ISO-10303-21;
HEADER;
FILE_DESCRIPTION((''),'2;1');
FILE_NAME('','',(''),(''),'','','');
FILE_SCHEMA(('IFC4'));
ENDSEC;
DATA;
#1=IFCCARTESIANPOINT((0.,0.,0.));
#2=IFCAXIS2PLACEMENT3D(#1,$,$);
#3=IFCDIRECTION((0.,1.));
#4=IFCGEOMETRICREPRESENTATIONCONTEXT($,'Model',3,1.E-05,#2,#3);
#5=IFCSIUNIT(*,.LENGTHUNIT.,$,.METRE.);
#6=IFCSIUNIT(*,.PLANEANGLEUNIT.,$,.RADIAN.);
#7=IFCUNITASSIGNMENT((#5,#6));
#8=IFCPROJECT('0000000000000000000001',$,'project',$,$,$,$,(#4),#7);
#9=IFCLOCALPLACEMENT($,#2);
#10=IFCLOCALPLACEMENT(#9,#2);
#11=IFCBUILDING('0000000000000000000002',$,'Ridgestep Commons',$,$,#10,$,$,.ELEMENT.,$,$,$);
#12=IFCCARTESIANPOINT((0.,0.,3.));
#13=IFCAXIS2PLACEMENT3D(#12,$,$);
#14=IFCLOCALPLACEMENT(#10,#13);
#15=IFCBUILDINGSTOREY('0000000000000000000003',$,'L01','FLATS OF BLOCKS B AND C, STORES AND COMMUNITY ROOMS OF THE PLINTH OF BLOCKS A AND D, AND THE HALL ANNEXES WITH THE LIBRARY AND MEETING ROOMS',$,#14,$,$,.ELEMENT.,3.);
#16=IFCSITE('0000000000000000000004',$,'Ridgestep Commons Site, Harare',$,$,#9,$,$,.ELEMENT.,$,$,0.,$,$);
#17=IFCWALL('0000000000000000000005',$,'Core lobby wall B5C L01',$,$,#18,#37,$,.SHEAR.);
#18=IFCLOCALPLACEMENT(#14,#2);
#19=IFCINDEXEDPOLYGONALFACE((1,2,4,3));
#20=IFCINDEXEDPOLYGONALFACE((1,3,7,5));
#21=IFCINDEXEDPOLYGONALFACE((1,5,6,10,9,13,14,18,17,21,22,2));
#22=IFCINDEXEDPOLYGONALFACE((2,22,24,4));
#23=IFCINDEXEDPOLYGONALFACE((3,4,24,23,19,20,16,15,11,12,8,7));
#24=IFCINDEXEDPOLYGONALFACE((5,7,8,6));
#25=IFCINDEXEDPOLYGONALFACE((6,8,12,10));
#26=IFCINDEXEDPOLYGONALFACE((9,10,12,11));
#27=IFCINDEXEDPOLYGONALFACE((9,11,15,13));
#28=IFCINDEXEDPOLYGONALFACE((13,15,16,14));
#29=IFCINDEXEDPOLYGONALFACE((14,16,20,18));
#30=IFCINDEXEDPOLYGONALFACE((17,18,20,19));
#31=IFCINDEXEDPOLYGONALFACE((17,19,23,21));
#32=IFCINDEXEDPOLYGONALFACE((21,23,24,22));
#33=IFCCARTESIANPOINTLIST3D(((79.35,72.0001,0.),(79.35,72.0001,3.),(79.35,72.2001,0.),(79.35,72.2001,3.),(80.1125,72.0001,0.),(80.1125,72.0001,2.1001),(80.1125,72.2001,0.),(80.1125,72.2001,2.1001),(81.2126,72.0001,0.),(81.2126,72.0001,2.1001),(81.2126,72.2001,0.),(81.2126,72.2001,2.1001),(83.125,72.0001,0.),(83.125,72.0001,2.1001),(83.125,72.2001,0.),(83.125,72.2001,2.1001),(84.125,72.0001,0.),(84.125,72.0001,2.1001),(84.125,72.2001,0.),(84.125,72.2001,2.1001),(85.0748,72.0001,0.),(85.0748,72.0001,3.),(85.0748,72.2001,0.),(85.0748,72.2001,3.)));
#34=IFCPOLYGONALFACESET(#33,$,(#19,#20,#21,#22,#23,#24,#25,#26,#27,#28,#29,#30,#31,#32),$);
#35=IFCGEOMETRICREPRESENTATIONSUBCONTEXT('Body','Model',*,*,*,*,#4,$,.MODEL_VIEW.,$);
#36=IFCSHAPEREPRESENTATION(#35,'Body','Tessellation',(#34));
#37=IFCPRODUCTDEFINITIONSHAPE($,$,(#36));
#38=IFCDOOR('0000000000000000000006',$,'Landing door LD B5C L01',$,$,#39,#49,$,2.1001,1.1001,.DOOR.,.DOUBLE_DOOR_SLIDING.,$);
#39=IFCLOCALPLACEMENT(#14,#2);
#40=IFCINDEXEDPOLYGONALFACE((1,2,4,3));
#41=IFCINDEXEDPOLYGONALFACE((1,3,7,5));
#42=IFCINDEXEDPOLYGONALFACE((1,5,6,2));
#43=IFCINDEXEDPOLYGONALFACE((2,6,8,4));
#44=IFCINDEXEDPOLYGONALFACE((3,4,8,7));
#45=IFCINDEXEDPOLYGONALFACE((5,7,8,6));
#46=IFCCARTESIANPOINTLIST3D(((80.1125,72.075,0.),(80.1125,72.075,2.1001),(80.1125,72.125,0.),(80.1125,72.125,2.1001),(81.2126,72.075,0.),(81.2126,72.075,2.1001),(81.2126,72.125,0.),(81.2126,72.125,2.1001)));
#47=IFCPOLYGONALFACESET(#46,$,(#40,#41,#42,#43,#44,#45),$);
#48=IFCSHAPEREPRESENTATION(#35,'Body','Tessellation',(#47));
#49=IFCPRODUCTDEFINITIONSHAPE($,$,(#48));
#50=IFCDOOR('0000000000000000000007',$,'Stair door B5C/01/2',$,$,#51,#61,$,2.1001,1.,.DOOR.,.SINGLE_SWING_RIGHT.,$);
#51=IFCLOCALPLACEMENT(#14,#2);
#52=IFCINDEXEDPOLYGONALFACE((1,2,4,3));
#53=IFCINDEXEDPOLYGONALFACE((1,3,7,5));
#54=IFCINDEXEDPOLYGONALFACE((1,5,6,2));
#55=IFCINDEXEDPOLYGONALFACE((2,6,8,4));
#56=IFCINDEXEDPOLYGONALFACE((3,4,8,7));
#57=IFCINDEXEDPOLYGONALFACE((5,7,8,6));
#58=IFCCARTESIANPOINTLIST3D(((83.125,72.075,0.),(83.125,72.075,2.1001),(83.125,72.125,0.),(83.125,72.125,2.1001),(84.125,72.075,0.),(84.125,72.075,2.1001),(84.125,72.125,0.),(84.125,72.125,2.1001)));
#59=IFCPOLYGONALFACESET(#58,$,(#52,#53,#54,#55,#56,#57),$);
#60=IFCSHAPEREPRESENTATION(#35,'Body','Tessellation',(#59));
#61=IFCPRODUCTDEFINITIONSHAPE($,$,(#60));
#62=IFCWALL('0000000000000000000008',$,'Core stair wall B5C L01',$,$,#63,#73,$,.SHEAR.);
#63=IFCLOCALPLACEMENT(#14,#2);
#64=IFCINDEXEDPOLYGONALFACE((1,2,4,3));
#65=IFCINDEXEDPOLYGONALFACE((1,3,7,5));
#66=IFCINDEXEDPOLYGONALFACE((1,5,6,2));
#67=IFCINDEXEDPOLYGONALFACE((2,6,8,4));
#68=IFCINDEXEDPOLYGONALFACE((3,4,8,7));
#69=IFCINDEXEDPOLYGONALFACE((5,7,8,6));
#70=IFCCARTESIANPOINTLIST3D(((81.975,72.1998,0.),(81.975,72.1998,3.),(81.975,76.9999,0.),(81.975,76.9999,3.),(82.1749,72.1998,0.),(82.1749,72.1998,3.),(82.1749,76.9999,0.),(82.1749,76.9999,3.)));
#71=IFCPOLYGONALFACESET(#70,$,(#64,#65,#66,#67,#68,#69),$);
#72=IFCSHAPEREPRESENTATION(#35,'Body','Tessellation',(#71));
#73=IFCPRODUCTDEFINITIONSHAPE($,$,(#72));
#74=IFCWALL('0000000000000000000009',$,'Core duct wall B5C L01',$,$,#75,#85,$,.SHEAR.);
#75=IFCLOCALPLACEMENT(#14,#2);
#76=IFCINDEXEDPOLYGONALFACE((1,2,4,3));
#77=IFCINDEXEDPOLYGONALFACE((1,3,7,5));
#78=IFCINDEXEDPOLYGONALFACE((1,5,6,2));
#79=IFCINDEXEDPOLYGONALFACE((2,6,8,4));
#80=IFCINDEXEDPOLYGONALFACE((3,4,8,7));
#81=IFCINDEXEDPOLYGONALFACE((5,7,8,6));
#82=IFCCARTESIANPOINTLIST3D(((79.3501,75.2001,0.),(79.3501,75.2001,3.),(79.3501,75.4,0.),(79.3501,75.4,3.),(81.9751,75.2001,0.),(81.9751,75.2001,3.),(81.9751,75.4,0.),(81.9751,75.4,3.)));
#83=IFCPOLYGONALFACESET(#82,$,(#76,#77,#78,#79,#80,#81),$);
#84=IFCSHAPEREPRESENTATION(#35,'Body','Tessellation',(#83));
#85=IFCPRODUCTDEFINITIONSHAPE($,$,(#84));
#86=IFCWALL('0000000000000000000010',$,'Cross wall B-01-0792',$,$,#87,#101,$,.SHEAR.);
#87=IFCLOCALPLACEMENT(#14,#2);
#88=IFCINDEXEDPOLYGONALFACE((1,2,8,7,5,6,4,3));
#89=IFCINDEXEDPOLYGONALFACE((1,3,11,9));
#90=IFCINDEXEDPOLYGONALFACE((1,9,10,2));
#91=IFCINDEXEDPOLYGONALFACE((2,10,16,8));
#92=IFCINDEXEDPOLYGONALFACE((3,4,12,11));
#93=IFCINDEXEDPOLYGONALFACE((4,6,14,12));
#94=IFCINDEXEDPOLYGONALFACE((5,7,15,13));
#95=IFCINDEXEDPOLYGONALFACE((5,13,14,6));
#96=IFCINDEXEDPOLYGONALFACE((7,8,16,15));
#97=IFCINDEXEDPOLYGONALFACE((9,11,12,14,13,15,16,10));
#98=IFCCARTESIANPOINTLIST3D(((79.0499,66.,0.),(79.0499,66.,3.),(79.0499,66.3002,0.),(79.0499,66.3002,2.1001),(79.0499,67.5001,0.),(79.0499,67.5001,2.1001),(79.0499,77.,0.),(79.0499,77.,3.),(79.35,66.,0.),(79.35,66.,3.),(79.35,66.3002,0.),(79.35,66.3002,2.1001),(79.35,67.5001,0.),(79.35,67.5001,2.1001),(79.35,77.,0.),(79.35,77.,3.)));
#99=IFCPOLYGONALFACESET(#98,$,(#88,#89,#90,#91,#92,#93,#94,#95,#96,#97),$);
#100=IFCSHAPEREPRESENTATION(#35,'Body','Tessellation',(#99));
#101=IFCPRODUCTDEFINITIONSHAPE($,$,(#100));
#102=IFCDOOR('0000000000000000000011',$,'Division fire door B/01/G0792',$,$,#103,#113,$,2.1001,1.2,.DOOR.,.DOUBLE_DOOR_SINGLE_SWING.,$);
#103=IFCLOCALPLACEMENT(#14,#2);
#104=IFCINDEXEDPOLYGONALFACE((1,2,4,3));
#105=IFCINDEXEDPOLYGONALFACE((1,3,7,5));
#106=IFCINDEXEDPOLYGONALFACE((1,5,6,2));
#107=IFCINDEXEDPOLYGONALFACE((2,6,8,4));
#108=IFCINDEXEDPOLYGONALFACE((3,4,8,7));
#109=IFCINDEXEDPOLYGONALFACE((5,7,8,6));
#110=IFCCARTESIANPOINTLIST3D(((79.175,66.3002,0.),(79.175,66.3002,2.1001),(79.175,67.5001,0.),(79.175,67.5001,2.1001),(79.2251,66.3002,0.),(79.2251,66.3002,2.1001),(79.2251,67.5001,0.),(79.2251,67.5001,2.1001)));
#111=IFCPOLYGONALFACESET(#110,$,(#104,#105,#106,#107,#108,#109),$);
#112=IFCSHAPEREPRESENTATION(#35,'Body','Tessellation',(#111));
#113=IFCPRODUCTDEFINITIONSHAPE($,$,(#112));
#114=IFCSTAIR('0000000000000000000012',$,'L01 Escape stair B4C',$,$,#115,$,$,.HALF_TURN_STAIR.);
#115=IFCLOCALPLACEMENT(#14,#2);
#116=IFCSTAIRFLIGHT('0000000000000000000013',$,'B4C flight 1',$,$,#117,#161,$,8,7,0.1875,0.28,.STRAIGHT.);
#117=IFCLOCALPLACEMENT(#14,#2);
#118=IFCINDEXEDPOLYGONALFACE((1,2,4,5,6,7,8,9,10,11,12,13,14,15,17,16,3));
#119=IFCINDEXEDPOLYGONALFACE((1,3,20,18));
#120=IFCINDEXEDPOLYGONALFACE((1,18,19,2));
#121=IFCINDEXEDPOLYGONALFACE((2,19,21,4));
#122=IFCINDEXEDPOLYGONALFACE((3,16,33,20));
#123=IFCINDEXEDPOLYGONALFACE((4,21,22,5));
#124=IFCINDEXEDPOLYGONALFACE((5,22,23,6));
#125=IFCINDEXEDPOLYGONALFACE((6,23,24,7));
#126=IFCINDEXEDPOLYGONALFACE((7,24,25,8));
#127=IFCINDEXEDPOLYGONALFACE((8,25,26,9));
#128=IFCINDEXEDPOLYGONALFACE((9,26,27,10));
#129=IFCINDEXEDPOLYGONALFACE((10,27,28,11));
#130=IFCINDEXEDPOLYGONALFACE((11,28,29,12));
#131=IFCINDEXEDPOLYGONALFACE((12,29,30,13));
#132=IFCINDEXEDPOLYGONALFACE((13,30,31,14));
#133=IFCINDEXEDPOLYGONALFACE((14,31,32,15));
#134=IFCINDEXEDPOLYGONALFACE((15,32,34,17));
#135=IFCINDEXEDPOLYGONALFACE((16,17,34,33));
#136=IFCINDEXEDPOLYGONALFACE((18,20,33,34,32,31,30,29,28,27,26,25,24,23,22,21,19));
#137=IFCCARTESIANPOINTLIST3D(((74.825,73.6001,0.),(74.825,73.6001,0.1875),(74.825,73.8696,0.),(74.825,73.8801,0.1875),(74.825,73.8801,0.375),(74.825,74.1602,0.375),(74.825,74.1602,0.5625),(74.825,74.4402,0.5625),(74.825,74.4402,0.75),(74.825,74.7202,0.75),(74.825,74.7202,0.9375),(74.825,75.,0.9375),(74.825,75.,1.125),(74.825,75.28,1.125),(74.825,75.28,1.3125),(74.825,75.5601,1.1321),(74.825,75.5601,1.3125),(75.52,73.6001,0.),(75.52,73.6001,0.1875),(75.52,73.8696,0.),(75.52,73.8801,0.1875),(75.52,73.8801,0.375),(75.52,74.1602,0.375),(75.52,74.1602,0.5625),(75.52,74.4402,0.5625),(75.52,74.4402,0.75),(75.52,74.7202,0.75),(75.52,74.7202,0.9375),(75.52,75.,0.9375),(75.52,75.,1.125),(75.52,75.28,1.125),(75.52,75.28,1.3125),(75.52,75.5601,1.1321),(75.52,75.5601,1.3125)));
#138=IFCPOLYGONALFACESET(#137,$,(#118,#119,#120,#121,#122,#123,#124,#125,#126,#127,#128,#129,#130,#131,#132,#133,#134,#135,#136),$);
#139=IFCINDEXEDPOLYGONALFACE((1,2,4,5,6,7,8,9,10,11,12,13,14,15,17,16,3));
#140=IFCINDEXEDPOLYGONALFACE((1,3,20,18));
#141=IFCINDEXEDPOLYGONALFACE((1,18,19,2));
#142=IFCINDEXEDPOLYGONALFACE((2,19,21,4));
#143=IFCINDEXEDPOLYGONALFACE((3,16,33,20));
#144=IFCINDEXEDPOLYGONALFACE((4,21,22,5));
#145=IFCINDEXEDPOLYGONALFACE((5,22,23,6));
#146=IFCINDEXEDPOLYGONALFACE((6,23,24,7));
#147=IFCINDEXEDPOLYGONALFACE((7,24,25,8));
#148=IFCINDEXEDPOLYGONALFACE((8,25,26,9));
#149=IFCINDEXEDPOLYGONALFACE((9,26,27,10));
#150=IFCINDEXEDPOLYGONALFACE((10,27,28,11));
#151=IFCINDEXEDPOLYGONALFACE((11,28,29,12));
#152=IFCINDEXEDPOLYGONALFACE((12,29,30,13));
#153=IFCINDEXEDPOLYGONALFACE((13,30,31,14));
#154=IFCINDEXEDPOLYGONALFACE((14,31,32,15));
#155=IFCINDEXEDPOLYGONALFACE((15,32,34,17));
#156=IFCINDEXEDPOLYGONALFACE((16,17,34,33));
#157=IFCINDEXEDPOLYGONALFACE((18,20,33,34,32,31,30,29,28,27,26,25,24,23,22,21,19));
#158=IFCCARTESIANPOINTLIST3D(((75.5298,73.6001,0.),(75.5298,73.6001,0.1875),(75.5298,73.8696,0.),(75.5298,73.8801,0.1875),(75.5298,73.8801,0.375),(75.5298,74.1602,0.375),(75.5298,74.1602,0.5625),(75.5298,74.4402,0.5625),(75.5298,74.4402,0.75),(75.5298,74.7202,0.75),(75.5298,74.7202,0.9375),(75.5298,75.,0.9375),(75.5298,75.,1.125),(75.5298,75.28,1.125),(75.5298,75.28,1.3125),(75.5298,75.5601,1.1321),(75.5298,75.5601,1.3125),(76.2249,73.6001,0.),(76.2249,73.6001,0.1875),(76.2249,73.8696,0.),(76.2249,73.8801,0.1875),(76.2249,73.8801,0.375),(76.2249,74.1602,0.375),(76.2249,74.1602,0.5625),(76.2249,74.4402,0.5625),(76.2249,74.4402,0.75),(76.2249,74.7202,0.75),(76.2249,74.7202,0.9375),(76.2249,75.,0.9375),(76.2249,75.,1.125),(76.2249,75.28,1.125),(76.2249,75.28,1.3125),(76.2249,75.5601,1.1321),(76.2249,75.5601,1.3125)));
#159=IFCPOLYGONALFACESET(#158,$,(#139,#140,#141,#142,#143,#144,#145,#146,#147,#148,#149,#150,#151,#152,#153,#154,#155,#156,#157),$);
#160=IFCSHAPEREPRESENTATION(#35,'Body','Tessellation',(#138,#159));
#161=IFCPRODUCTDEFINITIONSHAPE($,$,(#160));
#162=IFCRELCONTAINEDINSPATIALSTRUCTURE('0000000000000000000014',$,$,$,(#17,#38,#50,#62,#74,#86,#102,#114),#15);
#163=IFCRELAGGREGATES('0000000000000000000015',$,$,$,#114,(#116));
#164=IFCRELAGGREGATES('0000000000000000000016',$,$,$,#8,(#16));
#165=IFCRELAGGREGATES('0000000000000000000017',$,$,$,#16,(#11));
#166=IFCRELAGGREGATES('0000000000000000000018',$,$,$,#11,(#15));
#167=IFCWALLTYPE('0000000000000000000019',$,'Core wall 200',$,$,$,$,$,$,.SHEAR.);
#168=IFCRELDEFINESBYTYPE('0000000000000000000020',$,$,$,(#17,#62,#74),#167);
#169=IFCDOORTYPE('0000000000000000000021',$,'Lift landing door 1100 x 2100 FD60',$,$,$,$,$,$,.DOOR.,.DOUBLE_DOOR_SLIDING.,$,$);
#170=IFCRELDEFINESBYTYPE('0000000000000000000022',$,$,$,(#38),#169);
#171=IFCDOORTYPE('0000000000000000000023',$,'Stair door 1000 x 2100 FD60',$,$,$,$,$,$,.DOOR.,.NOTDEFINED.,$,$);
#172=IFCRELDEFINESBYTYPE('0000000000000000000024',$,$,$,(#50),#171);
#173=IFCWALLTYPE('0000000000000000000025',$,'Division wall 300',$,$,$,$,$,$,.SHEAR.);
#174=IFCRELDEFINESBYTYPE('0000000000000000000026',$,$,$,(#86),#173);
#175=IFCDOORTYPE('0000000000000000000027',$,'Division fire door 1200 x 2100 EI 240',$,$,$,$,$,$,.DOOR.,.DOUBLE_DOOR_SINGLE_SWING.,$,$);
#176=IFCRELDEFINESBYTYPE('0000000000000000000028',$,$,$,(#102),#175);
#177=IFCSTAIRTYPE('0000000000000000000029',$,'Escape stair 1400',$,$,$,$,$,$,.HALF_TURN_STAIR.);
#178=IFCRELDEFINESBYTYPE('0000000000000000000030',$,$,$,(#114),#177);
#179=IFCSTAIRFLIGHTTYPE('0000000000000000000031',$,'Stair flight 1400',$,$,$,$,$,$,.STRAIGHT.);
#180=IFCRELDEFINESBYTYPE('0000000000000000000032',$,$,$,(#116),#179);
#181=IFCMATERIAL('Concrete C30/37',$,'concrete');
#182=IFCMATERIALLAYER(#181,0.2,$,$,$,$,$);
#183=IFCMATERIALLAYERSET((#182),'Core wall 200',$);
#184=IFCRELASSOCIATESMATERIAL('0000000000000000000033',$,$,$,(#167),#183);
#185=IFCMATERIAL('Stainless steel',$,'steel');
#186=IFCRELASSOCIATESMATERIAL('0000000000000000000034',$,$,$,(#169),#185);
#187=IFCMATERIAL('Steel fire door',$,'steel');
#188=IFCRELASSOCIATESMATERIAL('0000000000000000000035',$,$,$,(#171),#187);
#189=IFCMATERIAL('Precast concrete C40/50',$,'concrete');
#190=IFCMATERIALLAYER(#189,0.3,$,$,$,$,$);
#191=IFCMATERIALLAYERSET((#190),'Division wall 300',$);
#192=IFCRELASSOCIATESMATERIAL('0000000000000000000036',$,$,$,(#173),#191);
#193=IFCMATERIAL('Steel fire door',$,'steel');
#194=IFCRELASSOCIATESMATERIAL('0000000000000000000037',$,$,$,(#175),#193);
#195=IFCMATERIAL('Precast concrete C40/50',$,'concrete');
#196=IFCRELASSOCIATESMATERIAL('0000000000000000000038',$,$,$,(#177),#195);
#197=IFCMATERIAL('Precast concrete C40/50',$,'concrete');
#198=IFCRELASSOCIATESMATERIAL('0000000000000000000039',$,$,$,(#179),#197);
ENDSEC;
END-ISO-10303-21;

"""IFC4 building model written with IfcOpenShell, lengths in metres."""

from ifc_helpers import new_model, si_unit, direction, frame, frame_2d, origin, place, context, subcontext, project, spatial, polyline, rectangle, outline, extrude, material, layer, layer_set, type_object, element, fill, aggregate, save


model = new_model("IFC4")

# Units and contexts
model_context = context("Model", 3, precision=1e-05, world=origin(), true_north=direction((0.0, 1.0)))
body_context = subcontext(model_context, "Body", "Model", "MODEL_VIEW")
ifc_project = project(units=[si_unit("LENGTHUNIT", "METRE"), si_unit("PLANEANGLEUNIT", "RADIAN")], contexts=[model_context])

# Site, building, storey
site_placement = place(None, origin())
site = spatial("IfcSite", under=ifc_project, at=site_placement, Name="Ridgestep Commons Site, Harare", CompositionType="ELEMENT", RefElevation=0.0)
building_placement = place(site_placement, origin())
building = spatial("IfcBuilding", under=site, at=building_placement, Name="Ridgestep Commons", CompositionType="ELEMENT")
storey_placement = place(building_placement, frame((0.0, 0.0, 3.0)))
storey = spatial("IfcBuildingStorey", under=building, at=storey_placement, Name="L01", Description="FLATS OF BLOCKS B AND C, STORES AND COMMUNITY ROOMS OF THE PLINTH OF BLOCKS A AND D, AND THE HALL ANNEXES WITH THE LIBRARY AND MEETING ROOMS", CompositionType="ELEMENT", Elevation=3.0)

# Shared definitions
ifc_material_1 = material(Name="Concrete C30/37", Category="concrete")
ifc_layer_1 = layer(ifc_material_1, 0.2)
ifc_layer_set_1 = layer_set([ifc_layer_1], Name="Core wall 200")
wall_type_1 = type_object("IfcWallType", Name="Core wall 200", PredefinedType="SHEAR", material=ifc_layer_set_1)

# Wall, openings, doors
wall_1_placement = place(storey_placement, frame((79.3501, 72.1001, 0.0), z_axis=(0.0, 0.0, 1.0), x_axis=(1.0, 0.0, 0.0)))
wall_1 = element("IfcWall", 1, at=wall_1_placement, inside=storey, type_object=wall_type_1, Name="Core lobby wall B5C L01", PredefinedType="SHEAR", context=body_context, shape_type="SweptSolid", body=[
    extrude(rectangle(XDim=5.7249, YDim=0.2, at=frame_2d((2.8623, 0.0))), origin(), (0.0, 0.0, 1.0), 3.0),
])
opening_1_placement = place(wall_1_placement, frame((3.7749, 0.0, 0.0)))
opening_1 = element("IfcOpeningElement", 2, at=opening_1_placement, cuts=wall_1, PredefinedType="OPENING", context=body_context, shape_type="SweptSolid", body=[
    extrude(rectangle(XDim=1.0, YDim=2.1001, at=frame_2d((0.5, 1.05))), frame((0.0, 0.1099, 0.0), z_axis=(0.0, -1.0, 0.0), x_axis=(1.0, 0.0, 0.0)), (0.0, 0.0, 1.0), 0.22),
])
opening_2_placement = place(wall_1_placement, frame((0.7625, 0.0, 0.0)))
opening_2 = element("IfcOpeningElement", 3, at=opening_2_placement, cuts=wall_1, PredefinedType="OPENING", context=body_context, shape_type="SweptSolid", body=[
    extrude(rectangle(XDim=1.1001, YDim=2.1001, at=frame_2d((0.55, 1.05))), frame((0.0, 0.1099, 0.0), z_axis=(0.0, -1.0, 0.0), x_axis=(1.0, 0.0, 0.0)), (0.0, 0.0, 1.0), 0.22),
])
ifc_material_2 = material(Name="Stainless steel", Category="steel")
door_type_1 = type_object("IfcDoorType", Name="Lift landing door 1100 x 2100 FD60", OperationType="DOUBLE_DOOR_SLIDING", PredefinedType="DOOR", material=ifc_material_2)
door_1_placement = place(opening_2_placement, origin())
door_1 = element("IfcDoor", 4, at=door_1_placement, inside=storey, type_object=door_type_1, Name="Landing door LD B5C L01", OperationType="DOUBLE_DOOR_SLIDING", OverallHeight=2.1001, OverallWidth=1.1001, PredefinedType="DOOR", context=body_context, shape_type="SweptSolid", body=[
    extrude(rectangle(XDim=1.1001, YDim=2.1001, at=frame_2d((0.55, 1.05))), frame((0.0, 0.0249, 0.0), z_axis=(0.0, -1.0, 0.0), x_axis=(1.0, 0.0, 0.0)), (0.0, 0.0, 1.0), 0.05),
])
fill(opening_2, door_1)
ifc_material_3 = material(Name="Steel fire door", Category="steel")
door_type_2 = type_object("IfcDoorType", Name="Stair door 1000 x 2100 FD60", OperationType="NOTDEFINED", PredefinedType="DOOR", material=ifc_material_3)
door_2_placement = place(opening_1_placement, origin())
door_2 = element("IfcDoor", 5, at=door_2_placement, inside=storey, type_object=door_type_2, Name="Stair door B5C/01/2", OperationType="SINGLE_SWING_RIGHT", OverallHeight=2.1001, OverallWidth=1.0, PredefinedType="DOOR", context=body_context, shape_type="SweptSolid", body=[
    extrude(rectangle(XDim=1.0, YDim=2.1001, at=frame_2d((0.5, 1.05))), frame((0.0, 0.0249, 0.0), z_axis=(0.0, -1.0, 0.0), x_axis=(1.0, 0.0, 0.0)), (0.0, 0.0, 1.0), 0.05),
])
fill(opening_1, door_2)

# Walls
wall_2_placement = place(storey_placement, frame((82.075, 72.2, 0.0), z_axis=(0.0, 0.0, 1.0), x_axis=(0.0, 1.0, 0.0)))
element("IfcWall", 6, at=wall_2_placement, inside=storey, type_object=wall_type_1, Name="Core stair wall B5C L01", PredefinedType="SHEAR", context=body_context, shape_type="SweptSolid", body=[
    extrude(rectangle(XDim=4.8, YDim=0.2, at=frame_2d((2.3999, 0.0))), origin(), (0.0, 0.0, 1.0), 3.0),
])
wall_3_placement = place(storey_placement, frame((79.3501, 75.3, 0.0), z_axis=(0.0, 0.0, 1.0), x_axis=(1.0, 0.0, 0.0)))
element("IfcWall", 7, at=wall_3_placement, inside=storey, type_object=wall_type_1, Name="Core duct wall B5C L01", PredefinedType="SHEAR", context=body_context, shape_type="SweptSolid", body=[
    extrude(rectangle(XDim=2.625, YDim=0.2, at=frame_2d((1.3125, 0.0))), origin(), (0.0, 0.0, 1.0), 3.0),
])

# Wall, opening, door
ifc_material_4 = material(Name="Precast concrete C40/50", Category="concrete")
ifc_layer_2 = layer(ifc_material_4, 0.3)
ifc_layer_set_2 = layer_set([ifc_layer_2], Name="Division wall 300")
wall_type_2 = type_object("IfcWallType", Name="Division wall 300", PredefinedType="SHEAR", material=ifc_layer_set_2)
wall_4_placement = place(storey_placement, frame((79.2, 66.0, 0.0), z_axis=(0.0, 0.0, 1.0), x_axis=(0.0, 1.0, 0.0)))
wall_4 = element("IfcWall", 8, at=wall_4_placement, inside=storey, type_object=wall_type_2, Name="Cross wall B-01-0792", PredefinedType="SHEAR", context=body_context, shape_type="SweptSolid", body=[
    extrude(rectangle(XDim=11.0, YDim=0.3, at=frame_2d((5.5, 0.0))), origin(), (0.0, 0.0, 1.0), 3.0),
])
opening_3_placement = place(wall_4_placement, frame((0.3, 0.0, 0.0)))
opening_3 = element("IfcOpeningElement", 9, at=opening_3_placement, cuts=wall_4, PredefinedType="OPENING", context=body_context, shape_type="SweptSolid", body=[
    extrude(rectangle(XDim=1.2, YDim=2.1001, at=frame_2d((0.6001, 1.05))), frame((0.0, 0.1599, 0.0), z_axis=(0.0, -1.0, 0.0), x_axis=(1.0, 0.0, 0.0)), (0.0, 0.0, 1.0), 0.3201),
])
ifc_material_5 = material(Name="Steel fire door", Category="steel")
door_type_3 = type_object("IfcDoorType", Name="Division fire door 1200 x 2100 EI 240", OperationType="DOUBLE_DOOR_SINGLE_SWING", PredefinedType="DOOR", material=ifc_material_5)
door_3_placement = place(opening_3_placement, origin())
door_3 = element("IfcDoor", 10, at=door_3_placement, inside=storey, type_object=door_type_3, Name="Division fire door B/01/G0792", OperationType="DOUBLE_DOOR_SINGLE_SWING", OverallHeight=2.1001, OverallWidth=1.2, PredefinedType="DOOR", context=body_context, shape_type="SweptSolid", body=[
    extrude(rectangle(XDim=1.2, YDim=2.1001, at=frame_2d((0.6001, 1.05))), frame((0.0, 0.0249, 0.0), z_axis=(0.0, -1.0, 0.0), x_axis=(1.0, 0.0, 0.0)), (0.0, 0.0, 1.0), 0.05),
])
fill(opening_3, door_3)

# Stair, stair flight
ifc_material_6 = material(Name="Precast concrete C40/50", Category="concrete")
stair_type = type_object("IfcStairType", Name="Escape stair 1400", PredefinedType="HALF_TURN_STAIR", material=ifc_material_6)
stair_1_placement = place(storey_placement, origin())
stair_1 = element("IfcStair", 11, at=stair_1_placement, inside=storey, type_object=stair_type, Name="L01 Escape stair B4C", PredefinedType="HALF_TURN_STAIR")
ifc_material_7 = material(Name="Precast concrete C40/50", Category="concrete")
stair_flight_type = type_object("IfcStairFlightType", Name="Stair flight 1400", PredefinedType="STRAIGHT", material=ifc_material_7)
stair_flight_1_placement = place(storey_placement, frame((75.5249, 73.6001, 0.0), z_axis=(0.0, 0.0, 1.0), x_axis=(0.0, 1.0, 0.0)))
stair_flight_1 = element("IfcStairFlight", 12, at=stair_flight_1_placement, type_object=stair_flight_type, Name="B4C flight 1", NumberOfRisers=8, NumberOfTreads=7, PredefinedType="STRAIGHT", RiserHeight=0.1875, TreadLength=0.28, context=body_context, shape_type="SweptSolid", body=[
    extrude(outline(polyline([(0.0, 0.0), (0.0, 0.1875), (0.28, 0.1875), (0.28, 0.375), (0.5601, 0.375), (0.5601, 0.5625), (0.8401, 0.5625), (0.8401, 0.75), (1.1201, 0.75), (1.1201, 0.9375), (1.3999, 0.9375), (1.3999, 1.125), (1.6799, 1.125), (1.6799, 1.3125), (1.96, 1.3125), (1.96, 1.5), (1.96, 1.1321), (0.2695, 0.0), (0.0, 0.0)])), frame((0.0, 0.7, 0.0), z_axis=(0.0, -1.0, 0.0), x_axis=(1.0, 0.0, 0.0)), (0.0, 0.0, 1.0), 0.6951),
    extrude(outline(polyline([(0.0, 0.0), (0.0, 0.1875), (0.28, 0.1875), (0.28, 0.375), (0.5601, 0.375), (0.5601, 0.5625), (0.8401, 0.5625), (0.8401, 0.75), (1.1201, 0.75), (1.1201, 0.9375), (1.3999, 0.9375), (1.3999, 1.125), (1.6799, 1.125), (1.6799, 1.3125), (1.96, 1.3125), (1.96, 1.5), (1.96, 1.1321), (0.2695, 0.0), (0.0, 0.0)])), frame((0.0, -0.0049, 0.0), z_axis=(0.0, -1.0, 0.0), x_axis=(1.0, 0.0, 0.0)), (0.0, 0.0, 1.0), 0.6951),
])
aggregate(stair_1, [stair_flight_1])

save(model, "model.ifc")
